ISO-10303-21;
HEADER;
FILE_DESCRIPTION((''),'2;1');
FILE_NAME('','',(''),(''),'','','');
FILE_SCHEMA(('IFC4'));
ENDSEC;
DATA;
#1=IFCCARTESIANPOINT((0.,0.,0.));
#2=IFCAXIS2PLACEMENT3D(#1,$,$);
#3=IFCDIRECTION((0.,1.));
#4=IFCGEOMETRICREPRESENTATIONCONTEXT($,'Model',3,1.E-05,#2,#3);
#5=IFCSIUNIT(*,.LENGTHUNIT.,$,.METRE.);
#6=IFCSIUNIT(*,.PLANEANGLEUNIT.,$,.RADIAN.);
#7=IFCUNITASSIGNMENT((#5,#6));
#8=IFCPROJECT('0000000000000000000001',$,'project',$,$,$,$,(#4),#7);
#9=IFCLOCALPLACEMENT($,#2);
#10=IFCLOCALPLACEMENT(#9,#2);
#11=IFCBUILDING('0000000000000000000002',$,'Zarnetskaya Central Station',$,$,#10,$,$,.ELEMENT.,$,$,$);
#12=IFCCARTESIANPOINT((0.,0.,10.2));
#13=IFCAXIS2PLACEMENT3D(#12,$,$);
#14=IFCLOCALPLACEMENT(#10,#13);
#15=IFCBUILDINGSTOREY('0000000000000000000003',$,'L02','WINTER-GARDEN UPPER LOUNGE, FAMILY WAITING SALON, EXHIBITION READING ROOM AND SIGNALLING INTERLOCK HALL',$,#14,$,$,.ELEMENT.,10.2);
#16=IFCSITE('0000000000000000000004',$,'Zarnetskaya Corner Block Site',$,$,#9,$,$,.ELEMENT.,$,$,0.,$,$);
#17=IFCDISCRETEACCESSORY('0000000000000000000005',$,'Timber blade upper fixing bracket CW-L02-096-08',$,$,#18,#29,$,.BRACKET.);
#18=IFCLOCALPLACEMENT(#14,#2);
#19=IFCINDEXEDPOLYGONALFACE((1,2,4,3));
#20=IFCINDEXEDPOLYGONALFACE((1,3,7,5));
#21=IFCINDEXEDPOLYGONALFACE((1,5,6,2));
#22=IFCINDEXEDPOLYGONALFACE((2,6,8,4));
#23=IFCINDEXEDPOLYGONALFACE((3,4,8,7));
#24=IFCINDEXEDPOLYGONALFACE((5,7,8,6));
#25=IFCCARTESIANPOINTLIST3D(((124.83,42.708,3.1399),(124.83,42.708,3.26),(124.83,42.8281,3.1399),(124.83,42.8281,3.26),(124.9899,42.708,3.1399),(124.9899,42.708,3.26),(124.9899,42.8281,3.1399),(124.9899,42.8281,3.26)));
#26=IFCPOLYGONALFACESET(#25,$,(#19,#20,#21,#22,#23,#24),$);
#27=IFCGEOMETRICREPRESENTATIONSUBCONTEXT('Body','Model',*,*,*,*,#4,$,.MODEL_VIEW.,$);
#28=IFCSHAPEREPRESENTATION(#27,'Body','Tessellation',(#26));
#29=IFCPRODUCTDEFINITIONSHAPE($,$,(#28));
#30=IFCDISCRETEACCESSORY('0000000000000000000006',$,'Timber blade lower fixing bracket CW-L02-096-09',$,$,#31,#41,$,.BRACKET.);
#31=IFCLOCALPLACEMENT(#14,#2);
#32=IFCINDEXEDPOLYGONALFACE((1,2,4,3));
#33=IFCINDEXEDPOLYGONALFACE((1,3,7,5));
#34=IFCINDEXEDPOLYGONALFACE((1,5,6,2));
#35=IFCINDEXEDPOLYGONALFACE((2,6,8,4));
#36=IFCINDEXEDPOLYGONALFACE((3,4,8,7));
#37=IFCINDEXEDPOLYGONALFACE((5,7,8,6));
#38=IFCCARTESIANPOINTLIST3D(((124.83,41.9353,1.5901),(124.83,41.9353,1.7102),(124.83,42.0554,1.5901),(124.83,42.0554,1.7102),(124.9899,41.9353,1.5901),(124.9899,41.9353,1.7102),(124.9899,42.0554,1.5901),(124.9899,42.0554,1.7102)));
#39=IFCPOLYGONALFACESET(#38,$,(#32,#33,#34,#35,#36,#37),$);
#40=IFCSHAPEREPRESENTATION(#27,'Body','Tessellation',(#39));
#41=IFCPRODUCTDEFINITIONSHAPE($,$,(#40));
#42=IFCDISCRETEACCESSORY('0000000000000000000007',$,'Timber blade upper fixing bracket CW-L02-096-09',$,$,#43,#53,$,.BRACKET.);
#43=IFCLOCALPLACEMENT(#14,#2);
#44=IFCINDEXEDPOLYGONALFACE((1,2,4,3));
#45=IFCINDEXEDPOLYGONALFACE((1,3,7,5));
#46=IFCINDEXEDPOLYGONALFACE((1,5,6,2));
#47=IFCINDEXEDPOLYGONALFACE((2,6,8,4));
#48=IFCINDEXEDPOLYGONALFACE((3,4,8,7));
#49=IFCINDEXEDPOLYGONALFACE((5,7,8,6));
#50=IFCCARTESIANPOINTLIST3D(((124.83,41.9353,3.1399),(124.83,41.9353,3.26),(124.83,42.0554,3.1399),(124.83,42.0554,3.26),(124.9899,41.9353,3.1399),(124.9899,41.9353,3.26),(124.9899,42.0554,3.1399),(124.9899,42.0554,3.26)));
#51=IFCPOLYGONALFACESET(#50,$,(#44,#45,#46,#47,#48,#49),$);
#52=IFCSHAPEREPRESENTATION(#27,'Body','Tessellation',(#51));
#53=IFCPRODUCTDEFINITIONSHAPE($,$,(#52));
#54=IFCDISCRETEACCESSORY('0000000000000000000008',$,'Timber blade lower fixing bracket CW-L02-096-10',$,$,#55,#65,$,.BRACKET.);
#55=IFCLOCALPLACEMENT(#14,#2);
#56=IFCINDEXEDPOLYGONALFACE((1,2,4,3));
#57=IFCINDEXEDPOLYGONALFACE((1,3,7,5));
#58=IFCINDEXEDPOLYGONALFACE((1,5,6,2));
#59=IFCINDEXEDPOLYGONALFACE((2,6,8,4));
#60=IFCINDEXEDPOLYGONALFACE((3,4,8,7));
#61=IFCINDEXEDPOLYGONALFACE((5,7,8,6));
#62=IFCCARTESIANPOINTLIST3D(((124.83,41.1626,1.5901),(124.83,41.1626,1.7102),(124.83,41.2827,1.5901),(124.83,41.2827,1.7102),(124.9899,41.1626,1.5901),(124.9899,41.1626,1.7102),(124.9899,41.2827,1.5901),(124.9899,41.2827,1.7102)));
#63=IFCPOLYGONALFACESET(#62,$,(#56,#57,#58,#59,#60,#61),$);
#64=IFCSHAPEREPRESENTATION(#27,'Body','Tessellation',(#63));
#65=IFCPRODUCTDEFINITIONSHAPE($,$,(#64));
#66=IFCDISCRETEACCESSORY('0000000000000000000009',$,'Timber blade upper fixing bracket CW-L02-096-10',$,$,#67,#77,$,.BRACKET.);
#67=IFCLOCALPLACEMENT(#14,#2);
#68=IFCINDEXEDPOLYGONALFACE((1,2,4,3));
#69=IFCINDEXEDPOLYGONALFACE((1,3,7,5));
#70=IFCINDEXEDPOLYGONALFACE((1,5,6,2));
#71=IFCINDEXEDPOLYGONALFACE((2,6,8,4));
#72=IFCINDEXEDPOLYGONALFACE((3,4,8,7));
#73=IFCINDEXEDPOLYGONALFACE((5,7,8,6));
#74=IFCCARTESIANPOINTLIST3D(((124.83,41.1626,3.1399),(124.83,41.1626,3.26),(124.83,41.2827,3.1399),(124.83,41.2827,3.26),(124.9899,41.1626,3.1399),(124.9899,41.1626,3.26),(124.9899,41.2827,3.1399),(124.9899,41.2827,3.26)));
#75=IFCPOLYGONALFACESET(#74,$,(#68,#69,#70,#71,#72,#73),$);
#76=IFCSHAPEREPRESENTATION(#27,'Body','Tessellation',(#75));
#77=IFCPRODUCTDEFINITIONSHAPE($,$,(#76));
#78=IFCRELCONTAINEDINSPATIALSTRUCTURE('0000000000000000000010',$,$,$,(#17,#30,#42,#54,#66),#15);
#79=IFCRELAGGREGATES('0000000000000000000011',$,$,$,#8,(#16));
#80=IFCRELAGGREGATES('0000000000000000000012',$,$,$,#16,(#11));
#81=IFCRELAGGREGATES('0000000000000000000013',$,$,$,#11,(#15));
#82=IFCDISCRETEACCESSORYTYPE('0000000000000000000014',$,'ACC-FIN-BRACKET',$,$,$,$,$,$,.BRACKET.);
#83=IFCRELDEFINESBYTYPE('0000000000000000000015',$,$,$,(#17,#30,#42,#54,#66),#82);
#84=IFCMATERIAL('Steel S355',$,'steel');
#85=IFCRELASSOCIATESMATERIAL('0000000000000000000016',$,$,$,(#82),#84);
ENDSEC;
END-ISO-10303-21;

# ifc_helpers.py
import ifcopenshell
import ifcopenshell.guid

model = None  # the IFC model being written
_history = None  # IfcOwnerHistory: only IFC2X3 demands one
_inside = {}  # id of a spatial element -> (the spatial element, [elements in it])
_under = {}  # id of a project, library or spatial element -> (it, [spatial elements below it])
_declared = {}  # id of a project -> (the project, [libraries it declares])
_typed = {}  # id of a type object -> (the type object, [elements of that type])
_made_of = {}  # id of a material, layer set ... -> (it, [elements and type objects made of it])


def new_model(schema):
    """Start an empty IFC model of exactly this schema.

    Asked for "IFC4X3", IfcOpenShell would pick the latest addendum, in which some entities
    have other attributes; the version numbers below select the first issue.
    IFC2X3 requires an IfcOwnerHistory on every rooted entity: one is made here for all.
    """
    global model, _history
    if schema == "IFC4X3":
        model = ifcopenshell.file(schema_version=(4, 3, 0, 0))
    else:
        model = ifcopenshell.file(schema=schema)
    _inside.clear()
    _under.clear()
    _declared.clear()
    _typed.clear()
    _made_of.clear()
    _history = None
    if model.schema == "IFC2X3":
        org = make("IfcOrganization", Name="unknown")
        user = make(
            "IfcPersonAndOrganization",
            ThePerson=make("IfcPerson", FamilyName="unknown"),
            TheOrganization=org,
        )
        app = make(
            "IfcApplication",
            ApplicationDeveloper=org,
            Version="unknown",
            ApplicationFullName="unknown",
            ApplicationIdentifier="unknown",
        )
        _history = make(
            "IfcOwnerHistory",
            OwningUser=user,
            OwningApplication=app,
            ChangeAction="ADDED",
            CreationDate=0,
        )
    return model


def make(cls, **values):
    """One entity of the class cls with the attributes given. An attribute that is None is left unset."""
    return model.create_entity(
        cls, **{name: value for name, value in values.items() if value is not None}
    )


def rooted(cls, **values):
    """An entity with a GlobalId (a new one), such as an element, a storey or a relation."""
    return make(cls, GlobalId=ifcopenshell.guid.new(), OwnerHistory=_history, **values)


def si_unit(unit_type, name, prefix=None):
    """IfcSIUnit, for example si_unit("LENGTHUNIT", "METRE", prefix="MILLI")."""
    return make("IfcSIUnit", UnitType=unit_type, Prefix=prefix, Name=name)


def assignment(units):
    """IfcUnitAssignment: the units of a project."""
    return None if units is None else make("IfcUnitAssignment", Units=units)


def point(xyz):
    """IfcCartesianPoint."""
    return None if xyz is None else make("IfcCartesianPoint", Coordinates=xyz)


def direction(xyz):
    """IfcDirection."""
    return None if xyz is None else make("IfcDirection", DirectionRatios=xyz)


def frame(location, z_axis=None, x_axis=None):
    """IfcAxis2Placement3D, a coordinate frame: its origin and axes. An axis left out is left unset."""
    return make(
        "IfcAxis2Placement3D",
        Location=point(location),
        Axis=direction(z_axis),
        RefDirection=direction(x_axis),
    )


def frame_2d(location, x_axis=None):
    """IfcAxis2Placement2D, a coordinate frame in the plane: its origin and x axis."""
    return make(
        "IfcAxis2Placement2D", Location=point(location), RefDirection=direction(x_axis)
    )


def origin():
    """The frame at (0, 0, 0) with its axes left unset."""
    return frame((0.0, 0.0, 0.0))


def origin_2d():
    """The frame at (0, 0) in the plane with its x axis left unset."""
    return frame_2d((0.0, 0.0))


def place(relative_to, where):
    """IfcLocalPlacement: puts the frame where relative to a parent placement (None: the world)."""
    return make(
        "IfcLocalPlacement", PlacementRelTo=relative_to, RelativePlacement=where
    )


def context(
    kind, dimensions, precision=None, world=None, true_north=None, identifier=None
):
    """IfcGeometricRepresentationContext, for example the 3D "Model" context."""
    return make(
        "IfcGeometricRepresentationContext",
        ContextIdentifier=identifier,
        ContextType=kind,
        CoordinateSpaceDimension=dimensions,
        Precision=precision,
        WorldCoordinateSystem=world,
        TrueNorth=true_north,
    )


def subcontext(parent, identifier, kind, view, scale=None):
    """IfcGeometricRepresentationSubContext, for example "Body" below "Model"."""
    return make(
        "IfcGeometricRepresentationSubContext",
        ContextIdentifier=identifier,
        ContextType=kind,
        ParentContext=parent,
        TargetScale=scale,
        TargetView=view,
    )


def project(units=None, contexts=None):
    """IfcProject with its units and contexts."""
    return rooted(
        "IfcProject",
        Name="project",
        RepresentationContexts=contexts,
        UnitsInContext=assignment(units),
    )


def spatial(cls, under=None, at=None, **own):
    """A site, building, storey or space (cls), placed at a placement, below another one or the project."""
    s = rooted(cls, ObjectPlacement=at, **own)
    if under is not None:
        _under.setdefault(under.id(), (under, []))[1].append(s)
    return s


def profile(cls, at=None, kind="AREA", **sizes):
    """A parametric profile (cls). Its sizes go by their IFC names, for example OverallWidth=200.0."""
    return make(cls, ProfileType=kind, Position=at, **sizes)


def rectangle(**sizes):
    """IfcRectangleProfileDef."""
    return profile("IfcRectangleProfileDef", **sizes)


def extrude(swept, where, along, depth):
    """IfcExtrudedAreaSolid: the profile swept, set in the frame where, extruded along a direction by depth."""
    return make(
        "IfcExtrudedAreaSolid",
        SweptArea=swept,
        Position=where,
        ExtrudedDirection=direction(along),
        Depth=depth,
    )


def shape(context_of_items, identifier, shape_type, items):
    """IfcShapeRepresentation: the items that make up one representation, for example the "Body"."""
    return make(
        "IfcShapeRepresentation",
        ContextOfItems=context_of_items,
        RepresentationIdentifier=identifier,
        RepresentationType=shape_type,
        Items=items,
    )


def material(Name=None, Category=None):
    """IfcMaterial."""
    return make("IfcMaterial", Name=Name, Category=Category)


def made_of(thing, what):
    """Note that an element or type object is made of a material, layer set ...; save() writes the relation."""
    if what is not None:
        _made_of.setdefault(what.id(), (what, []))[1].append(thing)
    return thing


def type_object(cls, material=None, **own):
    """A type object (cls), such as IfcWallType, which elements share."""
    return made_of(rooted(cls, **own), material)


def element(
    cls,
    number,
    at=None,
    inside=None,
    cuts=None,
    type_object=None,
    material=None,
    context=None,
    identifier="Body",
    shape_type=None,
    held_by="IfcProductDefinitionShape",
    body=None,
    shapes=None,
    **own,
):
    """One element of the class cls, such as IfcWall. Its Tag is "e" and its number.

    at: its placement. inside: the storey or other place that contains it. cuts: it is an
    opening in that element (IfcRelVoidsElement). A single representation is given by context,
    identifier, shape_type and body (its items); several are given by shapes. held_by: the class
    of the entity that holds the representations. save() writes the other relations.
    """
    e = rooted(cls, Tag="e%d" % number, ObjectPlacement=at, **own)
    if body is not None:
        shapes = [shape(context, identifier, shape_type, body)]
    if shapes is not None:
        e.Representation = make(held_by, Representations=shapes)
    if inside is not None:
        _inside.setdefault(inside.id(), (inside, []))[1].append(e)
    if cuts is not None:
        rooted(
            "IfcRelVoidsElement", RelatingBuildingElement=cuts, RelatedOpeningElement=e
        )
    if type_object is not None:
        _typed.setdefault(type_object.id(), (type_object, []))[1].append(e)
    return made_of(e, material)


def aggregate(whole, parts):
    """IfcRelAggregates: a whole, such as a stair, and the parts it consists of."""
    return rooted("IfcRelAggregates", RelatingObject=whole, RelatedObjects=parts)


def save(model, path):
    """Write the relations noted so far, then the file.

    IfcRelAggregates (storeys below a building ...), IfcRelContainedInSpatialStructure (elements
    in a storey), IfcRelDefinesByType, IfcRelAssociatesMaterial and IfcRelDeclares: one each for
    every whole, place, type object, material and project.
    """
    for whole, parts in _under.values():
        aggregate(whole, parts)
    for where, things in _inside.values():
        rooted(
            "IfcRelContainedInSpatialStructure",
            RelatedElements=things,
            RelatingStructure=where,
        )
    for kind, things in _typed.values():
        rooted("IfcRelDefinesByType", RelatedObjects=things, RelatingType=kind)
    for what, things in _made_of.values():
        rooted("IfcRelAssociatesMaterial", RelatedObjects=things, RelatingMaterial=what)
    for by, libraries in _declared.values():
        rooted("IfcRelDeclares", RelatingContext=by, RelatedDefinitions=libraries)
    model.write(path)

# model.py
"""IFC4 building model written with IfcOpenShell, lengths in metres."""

from ifc_helpers import new_model, si_unit, direction, frame, origin, origin_2d, place, context, subcontext, project, spatial, rectangle, extrude, material, type_object, element, save


model = new_model("IFC4")

# Units and contexts
model_context = context("Model", 3, precision=1e-05, world=origin(), true_north=direction((0.0, 1.0)))
body_context = subcontext(model_context, "Body", "Model", "MODEL_VIEW")
ifc_project = project(units=[si_unit("LENGTHUNIT", "METRE"), si_unit("PLANEANGLEUNIT", "RADIAN")], contexts=[model_context])

# Site, building, storey
site_placement = place(None, origin())
site = spatial("IfcSite", under=ifc_project, at=site_placement, Name="Zarnetskaya Corner Block Site", CompositionType="ELEMENT", RefElevation=0.0)
building_placement = place(site_placement, origin())
building = spatial("IfcBuilding", under=site, at=building_placement, Name="Zarnetskaya Central Station", CompositionType="ELEMENT")
storey_placement = place(building_placement, frame((0.0, 0.0, 10.2)))
storey = spatial("IfcBuildingStorey", under=building, at=storey_placement, Name="L02", Description="WINTER-GARDEN UPPER LOUNGE, FAMILY WAITING SALON, EXHIBITION READING ROOM AND SIGNALLING INTERLOCK HALL", CompositionType="ELEMENT", Elevation=10.2)

# Shared definitions
ifc_material_1 = material(Name="Steel S355", Category="steel")

# Discrete accessories
discrete_accessory_type = type_object("IfcDiscreteAccessoryType", Name="ACC-FIN-BRACKET", PredefinedType="BRACKET", material=ifc_material_1)
for number, where, z_axis, x_axis, name in (
    (1, (124.9099, 42.7681, 3.1399), (0.0, 0.0, 1.0), (0.0, -1.0, 0.0), "Timber blade upper fixing bracket CW-L02-096-08"),
    (2, (124.9099, 41.9954, 1.5901), (0.0, 0.0, 1.0), (0.0, -1.0, 0.0), "Timber blade lower fixing bracket CW-L02-096-09"),
    (3, (124.9099, 41.9954, 3.1399), (0.0, 0.0, 1.0), (0.0, -1.0, 0.0), "Timber blade upper fixing bracket CW-L02-096-09"),
    (4, (124.9099, 41.2227, 1.5901), (0.0, 0.0, 1.0), (0.0, -1.0, 0.0), "Timber blade lower fixing bracket CW-L02-096-10"),
    (5, (124.9099, 41.2227, 3.1399), (0.0, 0.0, 1.0), (0.0, -1.0, 0.0), "Timber blade upper fixing bracket CW-L02-096-10"),
):
    element("IfcDiscreteAccessory", number, at=place(storey_placement, frame(where, z_axis=z_axis, x_axis=x_axis)), inside=storey, type_object=discrete_accessory_type, Name=name, PredefinedType="BRACKET", context=body_context, shape_type="SweptSolid", body=[
        extrude(rectangle(XDim=0.1201, YDim=0.1599, at=origin_2d()), origin(), (0.0, 0.0, 1.0), 0.1201),
    ])

save(model, "model.ifc")
